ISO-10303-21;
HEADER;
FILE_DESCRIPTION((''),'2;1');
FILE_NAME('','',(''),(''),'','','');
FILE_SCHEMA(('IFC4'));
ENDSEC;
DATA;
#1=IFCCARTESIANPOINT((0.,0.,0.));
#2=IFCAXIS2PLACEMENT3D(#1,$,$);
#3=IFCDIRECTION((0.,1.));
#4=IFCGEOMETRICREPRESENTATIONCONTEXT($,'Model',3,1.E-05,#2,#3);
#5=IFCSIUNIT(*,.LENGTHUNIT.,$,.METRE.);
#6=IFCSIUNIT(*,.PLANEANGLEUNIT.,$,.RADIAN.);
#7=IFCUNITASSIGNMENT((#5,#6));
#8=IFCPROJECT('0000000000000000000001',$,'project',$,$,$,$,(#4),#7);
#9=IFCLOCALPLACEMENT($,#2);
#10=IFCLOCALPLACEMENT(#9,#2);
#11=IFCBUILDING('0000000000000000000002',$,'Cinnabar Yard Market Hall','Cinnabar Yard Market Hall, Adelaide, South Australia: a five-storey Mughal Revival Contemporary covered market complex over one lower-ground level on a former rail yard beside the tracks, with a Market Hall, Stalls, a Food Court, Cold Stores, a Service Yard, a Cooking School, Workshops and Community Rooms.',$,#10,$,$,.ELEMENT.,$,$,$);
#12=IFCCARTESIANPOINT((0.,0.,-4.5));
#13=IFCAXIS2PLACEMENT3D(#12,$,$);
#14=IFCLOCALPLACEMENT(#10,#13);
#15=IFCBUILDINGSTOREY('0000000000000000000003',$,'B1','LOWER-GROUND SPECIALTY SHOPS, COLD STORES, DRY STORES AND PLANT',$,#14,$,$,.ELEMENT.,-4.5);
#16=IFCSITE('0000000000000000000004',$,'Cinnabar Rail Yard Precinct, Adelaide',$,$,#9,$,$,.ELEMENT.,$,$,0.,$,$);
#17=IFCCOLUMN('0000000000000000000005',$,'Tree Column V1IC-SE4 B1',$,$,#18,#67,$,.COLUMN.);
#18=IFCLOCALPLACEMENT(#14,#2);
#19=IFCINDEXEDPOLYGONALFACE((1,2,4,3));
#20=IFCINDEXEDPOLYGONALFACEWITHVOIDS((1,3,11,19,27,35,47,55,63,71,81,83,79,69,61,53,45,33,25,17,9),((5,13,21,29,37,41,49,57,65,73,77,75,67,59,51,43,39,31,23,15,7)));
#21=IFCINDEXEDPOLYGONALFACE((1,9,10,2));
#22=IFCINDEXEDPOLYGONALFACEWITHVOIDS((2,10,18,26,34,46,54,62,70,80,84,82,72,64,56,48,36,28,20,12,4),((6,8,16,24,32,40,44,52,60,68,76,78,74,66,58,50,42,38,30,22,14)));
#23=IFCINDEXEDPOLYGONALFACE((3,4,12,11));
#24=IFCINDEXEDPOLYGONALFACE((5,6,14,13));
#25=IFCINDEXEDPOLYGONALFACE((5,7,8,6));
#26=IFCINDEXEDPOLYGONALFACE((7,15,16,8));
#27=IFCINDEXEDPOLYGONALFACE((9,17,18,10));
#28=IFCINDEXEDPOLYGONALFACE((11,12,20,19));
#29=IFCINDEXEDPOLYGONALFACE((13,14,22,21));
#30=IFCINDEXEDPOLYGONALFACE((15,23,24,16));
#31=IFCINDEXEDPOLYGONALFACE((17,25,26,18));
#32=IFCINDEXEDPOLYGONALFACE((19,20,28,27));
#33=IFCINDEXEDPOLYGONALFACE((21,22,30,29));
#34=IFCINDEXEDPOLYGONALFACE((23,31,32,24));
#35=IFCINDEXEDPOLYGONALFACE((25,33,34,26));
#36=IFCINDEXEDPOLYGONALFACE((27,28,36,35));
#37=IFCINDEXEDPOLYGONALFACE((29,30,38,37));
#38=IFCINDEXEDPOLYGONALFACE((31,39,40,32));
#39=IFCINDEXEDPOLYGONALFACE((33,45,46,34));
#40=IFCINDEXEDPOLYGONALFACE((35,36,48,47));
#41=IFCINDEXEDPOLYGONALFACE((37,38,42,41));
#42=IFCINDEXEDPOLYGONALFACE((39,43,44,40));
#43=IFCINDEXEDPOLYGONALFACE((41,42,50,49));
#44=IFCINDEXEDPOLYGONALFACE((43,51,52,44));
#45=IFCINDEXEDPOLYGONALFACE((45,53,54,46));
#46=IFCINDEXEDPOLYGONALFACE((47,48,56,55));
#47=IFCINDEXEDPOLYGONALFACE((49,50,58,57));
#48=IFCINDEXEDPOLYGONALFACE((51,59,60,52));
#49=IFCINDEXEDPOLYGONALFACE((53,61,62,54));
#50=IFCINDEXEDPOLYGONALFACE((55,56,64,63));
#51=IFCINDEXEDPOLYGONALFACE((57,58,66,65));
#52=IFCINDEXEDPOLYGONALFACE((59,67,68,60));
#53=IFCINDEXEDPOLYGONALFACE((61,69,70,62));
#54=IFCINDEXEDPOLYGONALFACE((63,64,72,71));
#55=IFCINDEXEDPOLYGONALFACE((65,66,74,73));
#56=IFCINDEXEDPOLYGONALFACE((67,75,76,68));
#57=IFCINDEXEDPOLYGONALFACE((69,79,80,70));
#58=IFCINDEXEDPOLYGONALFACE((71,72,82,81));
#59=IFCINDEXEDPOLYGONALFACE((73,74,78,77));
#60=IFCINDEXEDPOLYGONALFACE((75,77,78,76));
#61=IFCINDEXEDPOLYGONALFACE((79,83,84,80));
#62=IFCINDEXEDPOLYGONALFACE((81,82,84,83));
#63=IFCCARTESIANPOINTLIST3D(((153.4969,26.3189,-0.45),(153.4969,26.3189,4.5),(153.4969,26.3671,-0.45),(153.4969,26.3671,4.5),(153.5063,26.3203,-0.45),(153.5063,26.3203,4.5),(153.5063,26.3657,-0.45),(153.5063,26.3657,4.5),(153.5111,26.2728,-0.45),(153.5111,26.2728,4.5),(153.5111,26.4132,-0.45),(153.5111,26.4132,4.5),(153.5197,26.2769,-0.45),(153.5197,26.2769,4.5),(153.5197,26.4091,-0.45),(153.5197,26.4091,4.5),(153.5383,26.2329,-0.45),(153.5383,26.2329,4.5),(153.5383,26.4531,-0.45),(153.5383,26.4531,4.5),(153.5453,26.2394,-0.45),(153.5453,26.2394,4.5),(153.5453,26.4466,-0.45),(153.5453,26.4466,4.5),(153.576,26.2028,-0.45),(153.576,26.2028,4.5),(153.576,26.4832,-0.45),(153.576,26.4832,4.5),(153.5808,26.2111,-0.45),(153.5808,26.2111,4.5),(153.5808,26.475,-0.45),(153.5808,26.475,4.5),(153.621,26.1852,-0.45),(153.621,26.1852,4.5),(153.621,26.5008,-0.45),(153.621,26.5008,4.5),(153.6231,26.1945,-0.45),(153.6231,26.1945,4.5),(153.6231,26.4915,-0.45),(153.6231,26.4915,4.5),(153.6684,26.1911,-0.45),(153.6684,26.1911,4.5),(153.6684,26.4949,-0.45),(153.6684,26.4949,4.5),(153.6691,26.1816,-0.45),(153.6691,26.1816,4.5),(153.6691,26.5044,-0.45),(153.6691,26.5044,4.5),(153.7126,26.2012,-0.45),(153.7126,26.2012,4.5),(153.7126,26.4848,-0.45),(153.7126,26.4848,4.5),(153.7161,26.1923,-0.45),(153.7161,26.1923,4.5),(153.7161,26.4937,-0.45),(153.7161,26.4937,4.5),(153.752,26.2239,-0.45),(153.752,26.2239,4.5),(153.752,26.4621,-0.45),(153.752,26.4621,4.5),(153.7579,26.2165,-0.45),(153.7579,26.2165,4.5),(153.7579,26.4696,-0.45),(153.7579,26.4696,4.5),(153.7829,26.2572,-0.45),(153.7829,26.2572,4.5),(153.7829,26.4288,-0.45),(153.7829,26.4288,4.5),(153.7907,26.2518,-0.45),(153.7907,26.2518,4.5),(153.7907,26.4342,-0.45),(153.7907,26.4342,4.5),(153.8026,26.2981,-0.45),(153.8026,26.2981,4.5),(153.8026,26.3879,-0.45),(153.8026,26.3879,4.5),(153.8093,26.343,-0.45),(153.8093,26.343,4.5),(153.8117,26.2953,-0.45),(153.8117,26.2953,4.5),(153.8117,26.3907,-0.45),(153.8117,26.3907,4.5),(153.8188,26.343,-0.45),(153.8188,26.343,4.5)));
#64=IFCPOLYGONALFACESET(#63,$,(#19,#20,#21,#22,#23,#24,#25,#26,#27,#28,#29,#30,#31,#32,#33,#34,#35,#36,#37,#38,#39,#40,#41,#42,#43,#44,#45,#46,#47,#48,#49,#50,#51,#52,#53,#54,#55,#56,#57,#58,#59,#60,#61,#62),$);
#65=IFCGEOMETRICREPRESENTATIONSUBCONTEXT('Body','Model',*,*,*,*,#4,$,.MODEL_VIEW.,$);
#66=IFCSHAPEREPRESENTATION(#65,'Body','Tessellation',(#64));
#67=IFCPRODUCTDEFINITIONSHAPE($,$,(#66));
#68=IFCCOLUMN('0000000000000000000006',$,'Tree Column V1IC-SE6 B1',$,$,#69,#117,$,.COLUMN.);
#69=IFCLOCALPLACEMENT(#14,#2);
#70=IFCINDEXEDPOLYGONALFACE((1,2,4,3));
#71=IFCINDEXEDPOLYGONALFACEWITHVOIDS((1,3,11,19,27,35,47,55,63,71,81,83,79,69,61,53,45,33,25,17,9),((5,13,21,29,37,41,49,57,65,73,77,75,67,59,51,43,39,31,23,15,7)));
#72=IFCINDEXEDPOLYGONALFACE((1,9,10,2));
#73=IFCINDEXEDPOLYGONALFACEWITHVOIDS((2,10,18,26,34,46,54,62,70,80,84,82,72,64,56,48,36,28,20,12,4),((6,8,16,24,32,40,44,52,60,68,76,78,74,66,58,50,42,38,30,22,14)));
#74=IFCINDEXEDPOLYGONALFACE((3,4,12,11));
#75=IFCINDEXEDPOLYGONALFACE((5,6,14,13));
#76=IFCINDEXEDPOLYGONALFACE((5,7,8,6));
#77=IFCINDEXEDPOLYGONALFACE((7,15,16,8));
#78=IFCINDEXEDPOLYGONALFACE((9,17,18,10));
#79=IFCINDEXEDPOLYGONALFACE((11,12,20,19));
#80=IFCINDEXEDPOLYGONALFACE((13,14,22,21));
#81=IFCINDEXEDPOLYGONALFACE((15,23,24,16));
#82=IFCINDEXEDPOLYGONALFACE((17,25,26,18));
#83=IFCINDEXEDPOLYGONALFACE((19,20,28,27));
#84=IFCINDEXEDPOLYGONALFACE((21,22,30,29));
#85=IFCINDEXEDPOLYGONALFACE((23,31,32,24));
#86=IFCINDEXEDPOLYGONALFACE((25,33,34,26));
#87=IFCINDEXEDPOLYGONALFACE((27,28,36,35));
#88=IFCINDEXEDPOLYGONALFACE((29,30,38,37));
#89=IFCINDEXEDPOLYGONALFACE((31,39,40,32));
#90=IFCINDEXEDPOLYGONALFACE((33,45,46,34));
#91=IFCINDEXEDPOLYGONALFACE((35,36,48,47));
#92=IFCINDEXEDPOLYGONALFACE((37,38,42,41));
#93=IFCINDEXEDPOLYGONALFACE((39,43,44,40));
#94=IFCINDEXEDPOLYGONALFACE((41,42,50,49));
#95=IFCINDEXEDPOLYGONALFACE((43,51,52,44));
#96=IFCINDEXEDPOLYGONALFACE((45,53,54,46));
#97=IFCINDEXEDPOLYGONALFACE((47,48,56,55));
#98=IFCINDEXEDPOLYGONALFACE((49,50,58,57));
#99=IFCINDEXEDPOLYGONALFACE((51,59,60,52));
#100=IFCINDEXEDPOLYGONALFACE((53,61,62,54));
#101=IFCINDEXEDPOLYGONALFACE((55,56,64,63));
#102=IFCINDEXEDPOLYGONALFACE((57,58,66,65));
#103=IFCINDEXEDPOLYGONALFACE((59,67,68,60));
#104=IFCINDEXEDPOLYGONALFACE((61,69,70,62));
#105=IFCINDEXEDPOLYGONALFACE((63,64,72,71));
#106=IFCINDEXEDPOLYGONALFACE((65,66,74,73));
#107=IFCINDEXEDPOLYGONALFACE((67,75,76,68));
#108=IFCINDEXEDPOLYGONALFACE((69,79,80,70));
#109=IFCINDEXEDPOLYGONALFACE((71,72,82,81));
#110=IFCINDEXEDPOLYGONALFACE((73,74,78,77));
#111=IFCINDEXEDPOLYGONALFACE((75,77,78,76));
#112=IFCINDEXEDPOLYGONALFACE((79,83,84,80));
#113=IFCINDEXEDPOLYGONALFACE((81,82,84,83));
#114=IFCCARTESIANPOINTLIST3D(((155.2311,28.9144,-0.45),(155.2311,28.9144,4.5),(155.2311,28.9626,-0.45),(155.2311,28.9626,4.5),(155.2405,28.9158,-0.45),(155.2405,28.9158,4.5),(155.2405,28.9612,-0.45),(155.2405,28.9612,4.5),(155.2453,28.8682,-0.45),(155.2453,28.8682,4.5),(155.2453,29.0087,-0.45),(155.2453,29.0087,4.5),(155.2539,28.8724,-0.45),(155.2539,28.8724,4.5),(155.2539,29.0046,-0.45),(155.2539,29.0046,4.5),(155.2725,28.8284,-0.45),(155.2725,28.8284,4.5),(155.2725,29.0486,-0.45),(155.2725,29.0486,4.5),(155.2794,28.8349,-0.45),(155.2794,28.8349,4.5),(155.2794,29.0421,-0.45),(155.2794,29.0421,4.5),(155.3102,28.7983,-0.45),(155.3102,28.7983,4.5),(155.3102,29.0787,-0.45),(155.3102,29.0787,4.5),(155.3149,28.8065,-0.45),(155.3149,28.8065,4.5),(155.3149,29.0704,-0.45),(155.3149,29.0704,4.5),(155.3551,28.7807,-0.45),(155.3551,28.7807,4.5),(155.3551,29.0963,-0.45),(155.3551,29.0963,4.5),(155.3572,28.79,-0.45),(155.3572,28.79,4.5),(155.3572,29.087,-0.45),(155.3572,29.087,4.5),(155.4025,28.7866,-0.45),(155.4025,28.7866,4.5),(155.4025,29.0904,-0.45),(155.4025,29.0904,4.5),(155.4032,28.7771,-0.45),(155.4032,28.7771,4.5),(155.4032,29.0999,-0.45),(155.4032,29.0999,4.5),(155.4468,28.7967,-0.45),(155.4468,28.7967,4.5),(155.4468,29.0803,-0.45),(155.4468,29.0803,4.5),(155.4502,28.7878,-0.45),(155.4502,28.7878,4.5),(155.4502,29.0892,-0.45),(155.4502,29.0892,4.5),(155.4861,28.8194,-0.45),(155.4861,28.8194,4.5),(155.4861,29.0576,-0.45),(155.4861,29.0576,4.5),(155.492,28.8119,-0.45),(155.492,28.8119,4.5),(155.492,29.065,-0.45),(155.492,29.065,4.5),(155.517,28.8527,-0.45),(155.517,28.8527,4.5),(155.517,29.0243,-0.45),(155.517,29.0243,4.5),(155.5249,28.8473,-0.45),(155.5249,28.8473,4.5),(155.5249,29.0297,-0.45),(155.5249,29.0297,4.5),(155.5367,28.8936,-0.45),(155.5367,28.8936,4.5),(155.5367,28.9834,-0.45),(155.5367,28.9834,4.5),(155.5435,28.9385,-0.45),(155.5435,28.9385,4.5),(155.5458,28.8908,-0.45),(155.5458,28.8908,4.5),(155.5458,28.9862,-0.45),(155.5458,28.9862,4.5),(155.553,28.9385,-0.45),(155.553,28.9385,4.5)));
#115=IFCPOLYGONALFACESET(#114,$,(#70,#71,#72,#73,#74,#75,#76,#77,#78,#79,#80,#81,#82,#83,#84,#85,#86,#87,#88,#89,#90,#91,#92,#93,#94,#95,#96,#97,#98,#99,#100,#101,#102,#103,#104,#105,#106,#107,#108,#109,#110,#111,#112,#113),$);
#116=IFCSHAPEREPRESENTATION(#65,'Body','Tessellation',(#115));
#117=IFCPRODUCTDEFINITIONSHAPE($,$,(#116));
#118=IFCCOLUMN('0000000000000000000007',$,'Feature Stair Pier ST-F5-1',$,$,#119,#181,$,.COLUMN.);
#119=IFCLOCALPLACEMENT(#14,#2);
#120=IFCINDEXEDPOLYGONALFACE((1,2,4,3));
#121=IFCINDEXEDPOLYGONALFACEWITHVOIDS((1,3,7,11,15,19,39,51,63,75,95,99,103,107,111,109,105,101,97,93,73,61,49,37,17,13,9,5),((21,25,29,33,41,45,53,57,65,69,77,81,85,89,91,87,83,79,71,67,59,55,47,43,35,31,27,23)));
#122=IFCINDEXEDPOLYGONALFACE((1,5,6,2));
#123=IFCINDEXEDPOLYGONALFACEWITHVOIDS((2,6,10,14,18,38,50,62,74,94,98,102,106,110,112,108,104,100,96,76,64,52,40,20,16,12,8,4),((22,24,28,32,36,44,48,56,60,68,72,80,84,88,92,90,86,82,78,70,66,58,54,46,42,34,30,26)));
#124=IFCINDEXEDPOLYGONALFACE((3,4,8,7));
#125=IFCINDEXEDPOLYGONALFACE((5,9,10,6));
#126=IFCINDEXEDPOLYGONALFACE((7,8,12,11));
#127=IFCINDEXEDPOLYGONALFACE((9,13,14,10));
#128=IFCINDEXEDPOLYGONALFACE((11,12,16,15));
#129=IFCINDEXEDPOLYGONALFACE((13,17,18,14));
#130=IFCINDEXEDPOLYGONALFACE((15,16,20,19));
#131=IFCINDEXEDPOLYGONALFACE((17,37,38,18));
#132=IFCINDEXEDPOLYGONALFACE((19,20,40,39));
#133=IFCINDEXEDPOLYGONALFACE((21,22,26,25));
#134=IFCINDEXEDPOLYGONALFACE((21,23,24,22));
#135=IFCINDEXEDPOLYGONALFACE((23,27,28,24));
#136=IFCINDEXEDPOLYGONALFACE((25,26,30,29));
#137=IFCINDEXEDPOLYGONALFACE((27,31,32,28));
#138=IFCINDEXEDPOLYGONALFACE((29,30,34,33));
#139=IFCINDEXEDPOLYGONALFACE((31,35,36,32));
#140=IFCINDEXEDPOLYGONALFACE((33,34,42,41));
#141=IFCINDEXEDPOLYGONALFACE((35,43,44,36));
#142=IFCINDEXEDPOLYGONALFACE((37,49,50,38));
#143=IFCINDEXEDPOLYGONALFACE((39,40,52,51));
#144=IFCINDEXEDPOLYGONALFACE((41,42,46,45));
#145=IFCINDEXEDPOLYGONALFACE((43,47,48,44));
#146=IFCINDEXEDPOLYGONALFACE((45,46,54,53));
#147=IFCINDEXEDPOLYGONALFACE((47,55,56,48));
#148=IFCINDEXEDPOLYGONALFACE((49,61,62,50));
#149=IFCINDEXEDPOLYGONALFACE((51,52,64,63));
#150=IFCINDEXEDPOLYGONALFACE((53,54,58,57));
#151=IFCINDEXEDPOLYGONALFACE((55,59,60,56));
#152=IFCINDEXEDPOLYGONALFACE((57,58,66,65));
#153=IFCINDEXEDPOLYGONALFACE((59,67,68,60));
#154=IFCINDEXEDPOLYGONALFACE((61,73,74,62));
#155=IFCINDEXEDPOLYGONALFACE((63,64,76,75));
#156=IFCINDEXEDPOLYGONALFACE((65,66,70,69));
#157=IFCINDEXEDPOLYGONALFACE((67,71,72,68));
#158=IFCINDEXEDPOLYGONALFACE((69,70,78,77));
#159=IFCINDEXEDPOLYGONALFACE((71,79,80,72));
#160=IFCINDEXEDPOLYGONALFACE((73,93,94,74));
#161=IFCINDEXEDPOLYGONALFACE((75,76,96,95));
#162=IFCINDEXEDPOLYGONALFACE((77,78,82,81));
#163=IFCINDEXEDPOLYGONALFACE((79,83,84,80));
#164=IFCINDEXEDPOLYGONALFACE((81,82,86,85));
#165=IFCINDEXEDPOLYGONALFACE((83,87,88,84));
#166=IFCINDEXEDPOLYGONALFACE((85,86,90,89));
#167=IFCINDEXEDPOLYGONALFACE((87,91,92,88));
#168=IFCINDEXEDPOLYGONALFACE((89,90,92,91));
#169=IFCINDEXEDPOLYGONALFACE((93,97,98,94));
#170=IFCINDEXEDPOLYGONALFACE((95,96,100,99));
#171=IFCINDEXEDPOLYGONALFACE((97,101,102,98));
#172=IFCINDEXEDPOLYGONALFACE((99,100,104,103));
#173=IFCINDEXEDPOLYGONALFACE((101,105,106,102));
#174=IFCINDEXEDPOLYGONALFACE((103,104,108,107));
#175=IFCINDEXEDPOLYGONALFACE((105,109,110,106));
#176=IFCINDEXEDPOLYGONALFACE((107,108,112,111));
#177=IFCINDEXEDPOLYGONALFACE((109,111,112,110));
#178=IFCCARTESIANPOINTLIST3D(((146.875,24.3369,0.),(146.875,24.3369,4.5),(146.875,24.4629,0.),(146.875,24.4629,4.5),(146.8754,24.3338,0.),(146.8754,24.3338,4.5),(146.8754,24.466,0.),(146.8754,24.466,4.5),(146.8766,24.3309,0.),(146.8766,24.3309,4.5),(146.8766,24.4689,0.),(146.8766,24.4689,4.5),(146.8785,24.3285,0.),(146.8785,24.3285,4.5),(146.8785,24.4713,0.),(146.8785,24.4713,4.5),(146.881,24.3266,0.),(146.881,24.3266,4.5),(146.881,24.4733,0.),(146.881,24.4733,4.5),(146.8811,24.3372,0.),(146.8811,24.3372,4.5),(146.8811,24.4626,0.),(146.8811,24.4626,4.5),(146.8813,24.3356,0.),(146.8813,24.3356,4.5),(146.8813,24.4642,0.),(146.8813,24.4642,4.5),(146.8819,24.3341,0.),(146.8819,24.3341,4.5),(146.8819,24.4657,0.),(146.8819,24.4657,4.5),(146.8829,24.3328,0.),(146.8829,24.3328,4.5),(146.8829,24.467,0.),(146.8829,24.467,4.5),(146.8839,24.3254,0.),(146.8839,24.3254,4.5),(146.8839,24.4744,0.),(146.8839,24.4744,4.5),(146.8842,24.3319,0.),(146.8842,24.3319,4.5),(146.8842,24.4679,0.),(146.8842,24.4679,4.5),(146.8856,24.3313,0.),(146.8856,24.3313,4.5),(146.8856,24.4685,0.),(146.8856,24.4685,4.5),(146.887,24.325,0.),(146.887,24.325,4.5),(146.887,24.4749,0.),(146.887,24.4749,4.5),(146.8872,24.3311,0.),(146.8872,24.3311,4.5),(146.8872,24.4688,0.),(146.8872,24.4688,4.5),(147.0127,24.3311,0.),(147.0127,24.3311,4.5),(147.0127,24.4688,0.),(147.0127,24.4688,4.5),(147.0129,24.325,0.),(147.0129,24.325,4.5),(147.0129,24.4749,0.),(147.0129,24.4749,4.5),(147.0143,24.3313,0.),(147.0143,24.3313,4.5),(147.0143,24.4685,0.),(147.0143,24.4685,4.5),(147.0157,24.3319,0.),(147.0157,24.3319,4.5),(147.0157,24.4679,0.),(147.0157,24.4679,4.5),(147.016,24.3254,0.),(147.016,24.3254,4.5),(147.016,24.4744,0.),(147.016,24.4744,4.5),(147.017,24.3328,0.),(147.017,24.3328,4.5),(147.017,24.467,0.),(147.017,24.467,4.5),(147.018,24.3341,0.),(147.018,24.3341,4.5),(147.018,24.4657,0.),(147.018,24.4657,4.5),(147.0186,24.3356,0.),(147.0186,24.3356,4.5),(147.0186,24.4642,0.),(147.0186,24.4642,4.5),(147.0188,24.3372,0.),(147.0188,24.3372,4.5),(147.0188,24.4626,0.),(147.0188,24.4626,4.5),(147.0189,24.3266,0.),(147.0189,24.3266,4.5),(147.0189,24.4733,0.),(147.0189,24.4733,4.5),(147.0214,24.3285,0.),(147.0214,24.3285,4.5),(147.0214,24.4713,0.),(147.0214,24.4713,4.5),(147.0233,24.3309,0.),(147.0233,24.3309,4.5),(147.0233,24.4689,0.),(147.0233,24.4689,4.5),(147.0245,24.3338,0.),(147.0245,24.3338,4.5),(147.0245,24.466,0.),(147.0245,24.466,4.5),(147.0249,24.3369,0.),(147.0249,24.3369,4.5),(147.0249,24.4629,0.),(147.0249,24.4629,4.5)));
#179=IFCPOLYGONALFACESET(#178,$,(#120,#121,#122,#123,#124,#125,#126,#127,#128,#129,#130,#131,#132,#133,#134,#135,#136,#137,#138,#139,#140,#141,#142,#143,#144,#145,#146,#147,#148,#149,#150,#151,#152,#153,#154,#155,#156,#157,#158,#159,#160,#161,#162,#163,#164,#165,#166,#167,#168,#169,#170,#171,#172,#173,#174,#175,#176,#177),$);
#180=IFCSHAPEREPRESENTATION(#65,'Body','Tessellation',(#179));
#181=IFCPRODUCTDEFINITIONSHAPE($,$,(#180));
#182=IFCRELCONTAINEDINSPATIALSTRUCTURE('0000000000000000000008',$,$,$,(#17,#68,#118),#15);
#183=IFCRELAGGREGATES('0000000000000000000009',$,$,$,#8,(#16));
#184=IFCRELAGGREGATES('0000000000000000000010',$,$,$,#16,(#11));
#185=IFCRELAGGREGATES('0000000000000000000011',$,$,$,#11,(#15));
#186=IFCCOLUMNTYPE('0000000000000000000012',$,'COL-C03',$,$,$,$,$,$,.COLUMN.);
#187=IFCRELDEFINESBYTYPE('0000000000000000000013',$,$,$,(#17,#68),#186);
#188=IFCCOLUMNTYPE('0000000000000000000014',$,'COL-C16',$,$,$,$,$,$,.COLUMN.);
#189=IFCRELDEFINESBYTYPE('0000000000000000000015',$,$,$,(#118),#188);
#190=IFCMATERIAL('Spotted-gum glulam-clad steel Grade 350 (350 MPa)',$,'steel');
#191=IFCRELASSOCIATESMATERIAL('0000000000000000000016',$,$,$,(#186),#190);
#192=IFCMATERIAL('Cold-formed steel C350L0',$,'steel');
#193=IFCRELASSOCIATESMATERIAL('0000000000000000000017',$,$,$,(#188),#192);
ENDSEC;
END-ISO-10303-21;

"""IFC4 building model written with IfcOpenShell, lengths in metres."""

from ifc_helpers import new_model, si_unit, direction, frame, origin, origin_2d_with_axis, place, context, subcontext, project, spatial, hollow_rectangle, hollow_circle, extrude, material, material_profile, profile_set, type_object, element, save


model = new_model("IFC4")

# Units and contexts
model_context = context("Model", 3, precision=1e-05, world=origin(), true_north=direction((0.0, 1.0)))
body_context = subcontext(model_context, "Body", "Model", "MODEL_VIEW")
ifc_project = project(units=[si_unit("LENGTHUNIT", "METRE"), si_unit("PLANEANGLEUNIT", "RADIAN")], contexts=[model_context])

# Site, building, storey
site_placement = place(None, origin())
site = spatial("IfcSite", under=ifc_project, at=site_placement, Name="Cinnabar Rail Yard Precinct, Adelaide", CompositionType="ELEMENT", RefElevation=0.0)
building_placement = place(site_placement, origin())
building = spatial("IfcBuilding", under=site, at=building_placement, Name="Cinnabar Yard Market Hall", Description="Cinnabar Yard Market Hall, Adelaide, South Australia: a five-storey Mughal Revival Contemporary covered market complex over one lower-ground level on a former rail yard beside the tracks, with a Market Hall, Stalls, a Food Court, Cold Stores, a Service Yard, a Cooking School, Workshops and Community Rooms.", CompositionType="ELEMENT")
storey_placement = place(building_placement, frame((0.0, 0.0, -4.5)))
storey = spatial("IfcBuildingStorey", under=building, at=storey_placement, Name="B1", Description="LOWER-GROUND SPECIALTY SHOPS, COLD STORES, DRY STORES AND PLANT", CompositionType="ELEMENT", Elevation=-4.5)

# Columns
ifc_material_1 = material(Name="Spotted-gum glulam-clad steel Grade 350 (350 MPa)", Category="steel")
ifc_material_profile_1 = material_profile(ifc_material_1, hollow_circle(Radius=0.1619, WallThickness=0.0095, at=origin_2d_with_axis()), Name="323.9x9.5CHS")
ifc_profile_set_1 = profile_set([ifc_material_profile_1], Name="Spotted-gum glulam-clad steel Grade 350 (350 MPa)")
column_type_1 = type_object("IfcColumnType", Name="COL-C03", PredefinedType="COLUMN", material=ifc_profile_set_1)
for number, where, z_axis, x_axis, name in (
    (1, (153.657, 26.343, -0.45), (0.0, 0.0, 1.0), (1.0, 0.0, 0.0), "Tree Column V1IC-SE4 B1"),
    (2, (155.3911, 28.9385, -0.45), (0.0, 0.0, 1.0), (1.0, 0.0, 0.0), "Tree Column V1IC-SE6 B1"),
):
    element("IfcColumn", number, at=place(storey_placement, frame(where, z_axis=z_axis, x_axis=x_axis)), inside=storey, type_object=column_type_1, Name=name, PredefinedType="COLUMN", context=body_context, shape_type="SweptSolid", body=[
        extrude(hollow_circle(Radius=0.1619, WallThickness=0.0095, at=origin_2d_with_axis()), origin(), (0.0, 0.0, 1.0), 4.95),
    ])
ifc_material_2 = material(Name="Cold-formed steel C350L0", Category="steel")
ifc_material_profile_2 = material_profile(ifc_material_2, hollow_rectangle(XDim=0.1499, YDim=0.1499, WallThickness=0.0061, InnerFilletRadius=0.0061, OuterFilletRadius=0.012, at=origin_2d_with_axis()), Name="150x150x6.0SHS")
ifc_profile_set_2 = profile_set([ifc_material_profile_2], Name="Cold-formed steel C350L0")
column_type_2 = type_object("IfcColumnType", Name="COL-C16", PredefinedType="COLUMN", material=ifc_profile_set_2)
for number, where, z_axis, x_axis, name in (
    (3, (146.95, 24.3999, 0.0), (0.0, 0.0, 1.0), (1.0, 0.0, 0.0), "Feature Stair Pier ST-F5-1"),
):
    element("IfcColumn", number, at=place(storey_placement, frame(where, z_axis=z_axis, x_axis=x_axis)), inside=storey, type_object=column_type_2, Name=name, PredefinedType="COLUMN", context=body_context, shape_type="SweptSolid", body=[
        extrude(hollow_rectangle(XDim=0.1499, YDim=0.1499, WallThickness=0.0061, InnerFilletRadius=0.0061, OuterFilletRadius=0.012, at=origin_2d_with_axis()), origin(), (0.0, 0.0, 1.0), 4.5),
    ])

save(model, "model.ifc")
